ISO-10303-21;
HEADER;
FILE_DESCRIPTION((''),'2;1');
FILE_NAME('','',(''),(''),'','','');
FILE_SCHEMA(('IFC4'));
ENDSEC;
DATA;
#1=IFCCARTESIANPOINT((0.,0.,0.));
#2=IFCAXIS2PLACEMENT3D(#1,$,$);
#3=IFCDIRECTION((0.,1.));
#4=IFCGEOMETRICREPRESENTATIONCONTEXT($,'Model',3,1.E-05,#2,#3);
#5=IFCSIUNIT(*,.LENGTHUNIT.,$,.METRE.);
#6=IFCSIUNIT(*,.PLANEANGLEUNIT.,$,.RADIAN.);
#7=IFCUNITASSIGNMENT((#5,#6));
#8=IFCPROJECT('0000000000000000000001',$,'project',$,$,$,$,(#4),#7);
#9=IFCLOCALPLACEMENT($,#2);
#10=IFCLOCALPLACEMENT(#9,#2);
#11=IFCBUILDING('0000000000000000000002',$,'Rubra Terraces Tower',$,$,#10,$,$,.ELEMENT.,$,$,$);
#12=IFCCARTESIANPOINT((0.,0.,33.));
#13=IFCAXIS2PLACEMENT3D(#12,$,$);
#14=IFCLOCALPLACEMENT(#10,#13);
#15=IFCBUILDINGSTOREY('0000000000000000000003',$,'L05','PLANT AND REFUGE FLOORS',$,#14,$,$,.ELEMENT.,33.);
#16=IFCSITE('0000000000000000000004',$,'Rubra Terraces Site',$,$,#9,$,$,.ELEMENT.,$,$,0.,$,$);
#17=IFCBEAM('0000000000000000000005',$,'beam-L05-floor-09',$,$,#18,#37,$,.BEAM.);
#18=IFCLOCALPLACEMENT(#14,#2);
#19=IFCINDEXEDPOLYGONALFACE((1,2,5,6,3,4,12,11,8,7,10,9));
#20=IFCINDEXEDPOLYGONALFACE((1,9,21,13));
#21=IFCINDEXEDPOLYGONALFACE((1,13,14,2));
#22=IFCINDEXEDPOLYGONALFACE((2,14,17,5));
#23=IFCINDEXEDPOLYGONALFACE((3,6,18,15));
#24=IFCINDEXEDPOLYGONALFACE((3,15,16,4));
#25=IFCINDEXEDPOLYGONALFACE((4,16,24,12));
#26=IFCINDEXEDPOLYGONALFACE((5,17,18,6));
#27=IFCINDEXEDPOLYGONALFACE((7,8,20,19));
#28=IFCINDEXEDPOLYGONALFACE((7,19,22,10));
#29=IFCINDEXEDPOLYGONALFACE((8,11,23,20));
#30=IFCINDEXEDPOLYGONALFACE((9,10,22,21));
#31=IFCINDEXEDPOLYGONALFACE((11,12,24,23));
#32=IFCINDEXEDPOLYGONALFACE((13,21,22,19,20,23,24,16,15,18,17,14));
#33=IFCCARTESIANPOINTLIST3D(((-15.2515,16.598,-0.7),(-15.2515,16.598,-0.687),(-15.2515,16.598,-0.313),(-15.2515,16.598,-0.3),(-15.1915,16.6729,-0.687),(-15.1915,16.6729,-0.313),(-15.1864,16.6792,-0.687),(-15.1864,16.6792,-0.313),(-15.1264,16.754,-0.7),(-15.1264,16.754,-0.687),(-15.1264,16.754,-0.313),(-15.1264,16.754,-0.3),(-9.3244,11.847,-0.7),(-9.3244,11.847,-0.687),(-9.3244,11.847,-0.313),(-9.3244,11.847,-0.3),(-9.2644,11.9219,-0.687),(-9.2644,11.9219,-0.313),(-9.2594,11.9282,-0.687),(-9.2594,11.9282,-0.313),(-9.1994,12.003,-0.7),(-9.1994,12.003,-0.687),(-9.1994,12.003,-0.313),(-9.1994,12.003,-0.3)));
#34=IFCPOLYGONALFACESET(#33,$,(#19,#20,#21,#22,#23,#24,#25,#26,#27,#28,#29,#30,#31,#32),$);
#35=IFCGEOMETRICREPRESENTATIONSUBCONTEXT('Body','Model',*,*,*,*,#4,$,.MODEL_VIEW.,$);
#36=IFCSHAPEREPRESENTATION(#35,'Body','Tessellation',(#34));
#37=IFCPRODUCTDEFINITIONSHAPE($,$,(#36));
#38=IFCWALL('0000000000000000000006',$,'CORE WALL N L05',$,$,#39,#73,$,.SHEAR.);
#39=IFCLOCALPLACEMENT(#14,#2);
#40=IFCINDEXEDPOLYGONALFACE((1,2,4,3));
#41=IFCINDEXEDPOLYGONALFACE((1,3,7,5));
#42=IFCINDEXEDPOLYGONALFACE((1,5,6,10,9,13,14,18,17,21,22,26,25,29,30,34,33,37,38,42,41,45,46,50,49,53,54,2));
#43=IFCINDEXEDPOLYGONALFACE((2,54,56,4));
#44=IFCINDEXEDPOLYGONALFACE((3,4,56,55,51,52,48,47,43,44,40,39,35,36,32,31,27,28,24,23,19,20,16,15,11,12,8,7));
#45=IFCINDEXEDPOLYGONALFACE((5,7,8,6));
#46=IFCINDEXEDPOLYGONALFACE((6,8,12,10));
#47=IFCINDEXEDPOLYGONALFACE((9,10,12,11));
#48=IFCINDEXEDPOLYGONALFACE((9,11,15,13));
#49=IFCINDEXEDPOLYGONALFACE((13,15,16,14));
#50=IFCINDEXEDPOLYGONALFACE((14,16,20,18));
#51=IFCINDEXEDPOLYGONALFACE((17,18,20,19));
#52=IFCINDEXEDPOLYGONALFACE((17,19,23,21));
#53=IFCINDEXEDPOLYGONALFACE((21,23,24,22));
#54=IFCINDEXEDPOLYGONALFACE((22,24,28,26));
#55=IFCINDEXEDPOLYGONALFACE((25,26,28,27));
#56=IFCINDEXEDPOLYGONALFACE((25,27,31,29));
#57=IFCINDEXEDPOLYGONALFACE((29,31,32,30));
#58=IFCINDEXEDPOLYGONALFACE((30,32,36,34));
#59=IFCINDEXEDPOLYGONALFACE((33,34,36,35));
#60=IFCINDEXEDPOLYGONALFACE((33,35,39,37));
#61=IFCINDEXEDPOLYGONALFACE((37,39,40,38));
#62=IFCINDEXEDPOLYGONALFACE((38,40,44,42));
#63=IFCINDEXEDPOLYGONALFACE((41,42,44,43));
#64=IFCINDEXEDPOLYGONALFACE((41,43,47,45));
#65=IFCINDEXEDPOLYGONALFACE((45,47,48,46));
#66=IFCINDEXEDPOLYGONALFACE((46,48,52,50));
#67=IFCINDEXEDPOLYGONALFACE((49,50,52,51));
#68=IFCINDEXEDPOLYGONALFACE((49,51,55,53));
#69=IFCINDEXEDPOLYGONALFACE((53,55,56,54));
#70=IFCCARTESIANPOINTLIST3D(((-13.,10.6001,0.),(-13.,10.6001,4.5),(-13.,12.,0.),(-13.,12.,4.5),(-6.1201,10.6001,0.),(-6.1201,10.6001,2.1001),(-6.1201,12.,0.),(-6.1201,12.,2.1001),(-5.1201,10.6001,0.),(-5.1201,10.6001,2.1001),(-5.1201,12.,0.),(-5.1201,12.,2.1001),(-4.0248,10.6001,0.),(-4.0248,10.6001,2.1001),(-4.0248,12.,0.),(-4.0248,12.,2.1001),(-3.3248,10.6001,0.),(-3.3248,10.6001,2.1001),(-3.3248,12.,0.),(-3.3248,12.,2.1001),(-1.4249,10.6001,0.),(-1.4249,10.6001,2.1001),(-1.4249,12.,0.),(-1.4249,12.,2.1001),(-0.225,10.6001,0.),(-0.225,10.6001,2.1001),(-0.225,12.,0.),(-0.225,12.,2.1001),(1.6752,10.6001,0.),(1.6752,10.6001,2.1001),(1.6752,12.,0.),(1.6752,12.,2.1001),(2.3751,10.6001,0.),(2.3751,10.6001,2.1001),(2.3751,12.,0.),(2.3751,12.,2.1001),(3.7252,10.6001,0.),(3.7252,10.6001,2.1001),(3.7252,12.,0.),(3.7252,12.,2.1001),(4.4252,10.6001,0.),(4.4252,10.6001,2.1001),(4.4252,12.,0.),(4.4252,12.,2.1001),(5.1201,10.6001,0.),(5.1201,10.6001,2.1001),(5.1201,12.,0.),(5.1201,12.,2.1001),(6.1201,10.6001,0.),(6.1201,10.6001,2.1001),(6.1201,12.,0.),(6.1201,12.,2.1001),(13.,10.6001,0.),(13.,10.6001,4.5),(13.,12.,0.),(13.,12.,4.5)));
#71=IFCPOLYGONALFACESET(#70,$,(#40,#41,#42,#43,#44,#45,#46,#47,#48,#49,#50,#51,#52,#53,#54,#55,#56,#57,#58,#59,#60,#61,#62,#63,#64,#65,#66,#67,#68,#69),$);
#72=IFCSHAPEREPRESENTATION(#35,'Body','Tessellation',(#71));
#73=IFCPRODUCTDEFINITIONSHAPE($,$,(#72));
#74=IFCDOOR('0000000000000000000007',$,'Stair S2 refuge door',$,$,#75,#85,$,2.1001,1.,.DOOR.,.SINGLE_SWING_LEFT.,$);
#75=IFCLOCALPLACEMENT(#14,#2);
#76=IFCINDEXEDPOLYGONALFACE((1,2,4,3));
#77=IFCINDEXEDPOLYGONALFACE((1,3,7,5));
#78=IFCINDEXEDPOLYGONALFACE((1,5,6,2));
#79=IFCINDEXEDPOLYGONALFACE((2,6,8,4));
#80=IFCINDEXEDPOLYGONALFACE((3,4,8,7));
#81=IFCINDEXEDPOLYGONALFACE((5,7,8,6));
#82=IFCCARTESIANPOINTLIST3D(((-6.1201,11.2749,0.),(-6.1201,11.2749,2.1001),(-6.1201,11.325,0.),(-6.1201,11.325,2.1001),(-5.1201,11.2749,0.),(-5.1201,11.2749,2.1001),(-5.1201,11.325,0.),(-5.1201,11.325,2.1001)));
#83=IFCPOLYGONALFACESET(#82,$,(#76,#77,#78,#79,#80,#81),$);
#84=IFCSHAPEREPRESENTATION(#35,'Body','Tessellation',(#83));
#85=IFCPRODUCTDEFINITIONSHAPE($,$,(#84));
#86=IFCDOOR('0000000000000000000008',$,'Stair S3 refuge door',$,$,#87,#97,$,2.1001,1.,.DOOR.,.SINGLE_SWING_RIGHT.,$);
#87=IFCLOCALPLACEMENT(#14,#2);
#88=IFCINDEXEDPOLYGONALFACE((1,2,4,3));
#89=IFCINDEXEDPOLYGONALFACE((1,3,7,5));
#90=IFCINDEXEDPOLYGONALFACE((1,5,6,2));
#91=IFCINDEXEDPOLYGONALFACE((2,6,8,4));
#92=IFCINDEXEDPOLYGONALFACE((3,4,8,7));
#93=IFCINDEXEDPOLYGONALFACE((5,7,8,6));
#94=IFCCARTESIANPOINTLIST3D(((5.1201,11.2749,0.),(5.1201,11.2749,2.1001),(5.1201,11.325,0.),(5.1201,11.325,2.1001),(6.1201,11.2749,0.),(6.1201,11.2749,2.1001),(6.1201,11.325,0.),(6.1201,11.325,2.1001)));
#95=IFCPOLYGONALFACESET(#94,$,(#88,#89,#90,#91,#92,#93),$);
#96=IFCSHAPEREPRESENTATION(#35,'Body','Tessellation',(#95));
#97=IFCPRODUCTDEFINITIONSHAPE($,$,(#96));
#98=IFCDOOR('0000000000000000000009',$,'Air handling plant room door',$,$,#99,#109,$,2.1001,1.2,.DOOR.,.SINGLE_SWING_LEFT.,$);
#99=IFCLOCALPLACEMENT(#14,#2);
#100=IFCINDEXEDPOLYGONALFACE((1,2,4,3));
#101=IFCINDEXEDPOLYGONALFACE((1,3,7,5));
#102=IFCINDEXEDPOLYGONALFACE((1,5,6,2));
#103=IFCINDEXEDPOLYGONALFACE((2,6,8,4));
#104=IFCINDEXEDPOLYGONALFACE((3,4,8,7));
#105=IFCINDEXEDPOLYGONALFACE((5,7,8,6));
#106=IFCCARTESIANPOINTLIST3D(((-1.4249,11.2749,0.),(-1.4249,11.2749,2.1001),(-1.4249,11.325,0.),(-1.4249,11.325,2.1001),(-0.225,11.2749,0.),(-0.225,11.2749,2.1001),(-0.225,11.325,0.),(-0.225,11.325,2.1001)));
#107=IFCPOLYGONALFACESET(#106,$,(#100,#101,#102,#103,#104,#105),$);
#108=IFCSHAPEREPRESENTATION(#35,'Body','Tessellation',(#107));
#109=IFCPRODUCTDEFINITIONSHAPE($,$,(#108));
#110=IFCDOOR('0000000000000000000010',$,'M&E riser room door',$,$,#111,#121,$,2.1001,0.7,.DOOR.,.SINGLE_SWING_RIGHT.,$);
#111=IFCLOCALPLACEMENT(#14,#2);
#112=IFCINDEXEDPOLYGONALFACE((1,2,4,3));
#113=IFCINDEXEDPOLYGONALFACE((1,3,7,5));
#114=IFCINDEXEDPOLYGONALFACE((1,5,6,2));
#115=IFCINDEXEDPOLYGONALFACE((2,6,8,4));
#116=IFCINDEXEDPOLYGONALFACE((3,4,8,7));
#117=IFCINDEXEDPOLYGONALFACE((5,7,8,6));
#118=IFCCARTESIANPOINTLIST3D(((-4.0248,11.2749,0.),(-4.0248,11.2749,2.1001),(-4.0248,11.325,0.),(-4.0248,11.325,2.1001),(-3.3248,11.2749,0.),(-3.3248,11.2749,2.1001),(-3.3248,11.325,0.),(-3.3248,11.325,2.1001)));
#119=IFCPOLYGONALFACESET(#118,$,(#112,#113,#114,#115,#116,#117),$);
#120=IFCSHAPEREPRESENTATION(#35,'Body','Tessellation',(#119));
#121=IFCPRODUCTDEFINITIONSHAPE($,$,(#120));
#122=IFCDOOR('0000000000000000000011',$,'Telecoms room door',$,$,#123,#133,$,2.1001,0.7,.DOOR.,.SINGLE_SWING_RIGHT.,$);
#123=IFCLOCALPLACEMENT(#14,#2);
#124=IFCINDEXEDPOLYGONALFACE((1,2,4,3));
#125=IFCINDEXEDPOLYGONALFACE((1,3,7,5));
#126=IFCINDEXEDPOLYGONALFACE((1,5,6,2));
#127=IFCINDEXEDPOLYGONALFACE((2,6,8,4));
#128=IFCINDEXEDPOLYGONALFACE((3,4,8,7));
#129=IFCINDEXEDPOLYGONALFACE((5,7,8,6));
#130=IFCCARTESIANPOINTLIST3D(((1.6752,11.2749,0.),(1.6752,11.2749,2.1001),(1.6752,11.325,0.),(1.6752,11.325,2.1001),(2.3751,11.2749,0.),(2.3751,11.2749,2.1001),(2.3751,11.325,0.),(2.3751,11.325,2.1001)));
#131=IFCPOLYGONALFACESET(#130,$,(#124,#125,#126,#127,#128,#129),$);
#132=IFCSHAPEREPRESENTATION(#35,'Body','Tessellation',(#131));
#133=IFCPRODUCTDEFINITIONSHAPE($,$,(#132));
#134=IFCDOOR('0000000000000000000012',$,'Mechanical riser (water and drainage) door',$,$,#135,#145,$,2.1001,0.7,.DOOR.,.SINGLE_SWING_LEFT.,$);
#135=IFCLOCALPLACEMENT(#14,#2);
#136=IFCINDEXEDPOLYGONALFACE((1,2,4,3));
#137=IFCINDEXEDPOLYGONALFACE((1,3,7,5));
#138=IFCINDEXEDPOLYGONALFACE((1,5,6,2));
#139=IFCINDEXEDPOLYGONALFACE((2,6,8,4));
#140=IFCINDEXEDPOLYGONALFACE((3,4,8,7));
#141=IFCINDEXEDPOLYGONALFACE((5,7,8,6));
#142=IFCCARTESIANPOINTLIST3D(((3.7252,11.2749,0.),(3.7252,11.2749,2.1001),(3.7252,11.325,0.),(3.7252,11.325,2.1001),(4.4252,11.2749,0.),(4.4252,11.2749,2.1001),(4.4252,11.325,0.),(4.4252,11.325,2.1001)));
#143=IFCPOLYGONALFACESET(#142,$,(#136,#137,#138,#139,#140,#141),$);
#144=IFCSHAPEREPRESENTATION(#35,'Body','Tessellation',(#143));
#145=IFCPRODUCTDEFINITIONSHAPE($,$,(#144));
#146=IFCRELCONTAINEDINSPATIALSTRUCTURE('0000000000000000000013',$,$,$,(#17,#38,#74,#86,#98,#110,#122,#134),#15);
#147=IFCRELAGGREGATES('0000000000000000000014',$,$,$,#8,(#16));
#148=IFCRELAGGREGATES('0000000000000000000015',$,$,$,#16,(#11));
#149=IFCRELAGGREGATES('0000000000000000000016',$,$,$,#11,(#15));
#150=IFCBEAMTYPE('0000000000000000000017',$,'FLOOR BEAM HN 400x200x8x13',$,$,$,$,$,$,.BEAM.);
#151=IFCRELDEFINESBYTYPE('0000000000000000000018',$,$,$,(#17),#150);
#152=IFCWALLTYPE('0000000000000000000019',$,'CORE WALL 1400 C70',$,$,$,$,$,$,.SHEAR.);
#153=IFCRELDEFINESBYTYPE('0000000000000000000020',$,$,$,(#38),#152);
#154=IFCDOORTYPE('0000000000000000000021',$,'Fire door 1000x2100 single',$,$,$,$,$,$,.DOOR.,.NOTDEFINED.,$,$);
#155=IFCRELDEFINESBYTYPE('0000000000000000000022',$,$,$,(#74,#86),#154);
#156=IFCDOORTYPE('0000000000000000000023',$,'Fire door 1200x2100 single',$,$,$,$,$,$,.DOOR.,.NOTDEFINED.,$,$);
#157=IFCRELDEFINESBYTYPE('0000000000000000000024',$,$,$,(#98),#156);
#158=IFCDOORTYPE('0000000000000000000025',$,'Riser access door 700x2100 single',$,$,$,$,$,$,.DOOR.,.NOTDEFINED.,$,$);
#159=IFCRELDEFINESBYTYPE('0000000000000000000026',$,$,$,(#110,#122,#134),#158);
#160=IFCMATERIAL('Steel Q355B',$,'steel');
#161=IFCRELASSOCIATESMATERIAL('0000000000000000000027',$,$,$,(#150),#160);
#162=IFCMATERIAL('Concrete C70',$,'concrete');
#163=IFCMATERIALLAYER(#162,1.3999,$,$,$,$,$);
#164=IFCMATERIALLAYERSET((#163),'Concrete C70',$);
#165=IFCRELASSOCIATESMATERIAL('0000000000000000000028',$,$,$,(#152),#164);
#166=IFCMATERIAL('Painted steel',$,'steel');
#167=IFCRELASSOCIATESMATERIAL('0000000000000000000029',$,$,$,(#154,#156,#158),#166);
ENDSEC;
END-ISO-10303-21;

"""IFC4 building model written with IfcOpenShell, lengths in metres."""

from ifc_helpers import new_model, si_unit, direction, frame, frame_2d, origin, origin_2d, place, context, subcontext, project, spatial, rectangle, i_section, extrude, material, layer, layer_set, material_profile, profile_set, type_object, element, fill, save


model = new_model("IFC4")

# Units and contexts
model_context = context("Model", 3, precision=1e-05, world=origin(), true_north=direction((0.0, 1.0)))
body_context = subcontext(model_context, "Body", "Model", "MODEL_VIEW")
ifc_project = project(units=[si_unit("LENGTHUNIT", "METRE"), si_unit("PLANEANGLEUNIT", "RADIAN")], contexts=[model_context])

# Site, building, storey
site_placement = place(None, origin())
site = spatial("IfcSite", under=ifc_project, at=site_placement, Name="Rubra Terraces Site", CompositionType="ELEMENT", RefElevation=0.0)
building_placement = place(site_placement, origin())
building = spatial("IfcBuilding", under=site, at=building_placement, Name="Rubra Terraces Tower", CompositionType="ELEMENT")
storey_placement = place(building_placement, frame((0.0, 0.0, 33.0)))
storey = spatial("IfcBuildingStorey", under=building, at=storey_placement, Name="L05", Description="PLANT AND REFUGE FLOORS", CompositionType="ELEMENT", Elevation=33.0)

# Beam
ifc_material_1 = material(Name="Steel Q355B", Category="steel")
ifc_material_profile = material_profile(ifc_material_1, i_section(OverallWidth=0.2, OverallDepth=0.3999, WebThickness=0.0081, FlangeThickness=0.0129, at=origin_2d()), Name="HN 400x200x8x13")
ifc_profile_set = profile_set([ifc_material_profile], Name="Steel Q355B")
beam_type = type_object("IfcBeamType", Name="FLOOR BEAM HN 400x200x8x13", PredefinedType="BEAM", material=ifc_profile_set)
beam_placement = place(storey_placement, frame((-15.189, 16.676, -0.5), z_axis=(0.780266, -0.625447, 0.0), x_axis=(0.625447, 0.780266, 0.0)))
element("IfcBeam", 1, at=beam_placement, inside=storey, type_object=beam_type, Name="beam-L05-floor-09", PredefinedType="BEAM", context=body_context, shape_type="SweptSolid", body=[
    extrude(i_section(OverallWidth=0.2, OverallDepth=0.3999, WebThickness=0.0081, FlangeThickness=0.0129, at=origin_2d()), origin(), (0.0, 0.0, 1.0), 7.5962),
])

# Wall, openings, doors
ifc_material_2 = material(Name="Concrete C70", Category="concrete")
ifc_layer_1 = layer(ifc_material_2, 1.3999)
ifc_layer_set_1 = layer_set([ifc_layer_1], Name="Concrete C70")
wall_type_1 = type_object("IfcWallType", Name="CORE WALL 1400 C70", PredefinedType="SHEAR", material=ifc_layer_set_1)
wall_1_placement = place(storey_placement, frame((-13.0, 11.3, 0.0), z_axis=(0.0, 0.0, 1.0), x_axis=(1.0, 0.0, 0.0)))
wall_1 = element("IfcWall", 2, at=wall_1_placement, inside=storey, type_object=wall_type_1, Name="CORE WALL N L05", PredefinedType="SHEAR", context=body_context, shape_type="SweptSolid", body=[
    extrude(rectangle(XDim=26.0, YDim=1.3999, at=frame_2d((13.0, 0.0))), origin(), (0.0, 0.0, 1.0), 4.5),
])
opening_1_placement = place(wall_1_placement, frame((8.9751, 0.0, 0.0)))
opening_1 = element("IfcOpeningElement", 3, at=opening_1_placement, cuts=wall_1, PredefinedType="OPENING", context=body_context, shape_type="SweptSolid", body=[
    extrude(rectangle(XDim=0.7, YDim=2.1001, at=frame_2d((0.3501, 1.05))), frame((0.0, 0.71, 0.0), z_axis=(0.0, -1.0, 0.0), x_axis=(1.0, 0.0, 0.0)), (0.0, 0.0, 1.0), 1.4199),
])
opening_2_placement = place(wall_1_placement, frame((11.575, 0.0, 0.0)))
opening_2 = element("IfcOpeningElement", 4, at=opening_2_placement, cuts=wall_1, PredefinedType="OPENING", context=body_context, shape_type="SweptSolid", body=[
    extrude(rectangle(XDim=1.2, YDim=2.1001, at=frame_2d((0.6001, 1.05))), frame((0.0, 0.71, 0.0), z_axis=(0.0, -1.0, 0.0), x_axis=(1.0, 0.0, 0.0)), (0.0, 0.0, 1.0), 1.4199),
])
opening_3_placement = place(wall_1_placement, frame((14.675, 0.0, 0.0)))
opening_3 = element("IfcOpeningElement", 5, at=opening_3_placement, cuts=wall_1, PredefinedType="OPENING", context=body_context, shape_type="SweptSolid", body=[
    extrude(rectangle(XDim=0.7, YDim=2.1001, at=frame_2d((0.3501, 1.05))), frame((0.0, 0.71, 0.0), z_axis=(0.0, -1.0, 0.0), x_axis=(1.0, 0.0, 0.0)), (0.0, 0.0, 1.0), 1.4199),
])
opening_4_placement = place(wall_1_placement, frame((16.7251, 0.0, 0.0)))
opening_4 = element("IfcOpeningElement", 6, at=opening_4_placement, cuts=wall_1, PredefinedType="OPENING", context=body_context, shape_type="SweptSolid", body=[
    extrude(rectangle(XDim=0.7, YDim=2.1001, at=frame_2d((0.3501, 1.05))), frame((0.0, 0.71, 0.0), z_axis=(0.0, -1.0, 0.0), x_axis=(1.0, 0.0, 0.0)), (0.0, 0.0, 1.0), 1.4199),
])
opening_5_placement = place(wall_1_placement, frame((6.8799, 0.0, 0.0)))
opening_5 = element("IfcOpeningElement", 7, at=opening_5_placement, cuts=wall_1, PredefinedType="OPENING", context=body_context, shape_type="SweptSolid", body=[
    extrude(rectangle(XDim=1.0, YDim=2.1001, at=frame_2d((0.5, 1.05))), frame((0.0, 0.71, 0.0), z_axis=(0.0, -1.0, 0.0), x_axis=(1.0, 0.0, 0.0)), (0.0, 0.0, 1.0), 1.4199),
])
opening_6_placement = place(wall_1_placement, frame((18.1201, 0.0, 0.0)))
opening_6 = element("IfcOpeningElement", 8, at=opening_6_placement, cuts=wall_1, PredefinedType="OPENING", context=body_context, shape_type="SweptSolid", body=[
    extrude(rectangle(XDim=1.0, YDim=2.1001, at=frame_2d((0.5, 1.05))), frame((0.0, 0.71, 0.0), z_axis=(0.0, -1.0, 0.0), x_axis=(1.0, 0.0, 0.0)), (0.0, 0.0, 1.0), 1.4199),
])
ifc_material_3 = material(Name="Painted steel", Category="steel")
door_type_1 = type_object("IfcDoorType", Name="Fire door 1000x2100 single", OperationType="NOTDEFINED", PredefinedType="DOOR", material=ifc_material_3)
door_1_placement = place(opening_5_placement, origin())
door_1 = element("IfcDoor", 9, at=door_1_placement, inside=storey, type_object=door_type_1, Name="Stair S2 refuge door", OperationType="SINGLE_SWING_LEFT", OverallHeight=2.1001, OverallWidth=1.0, PredefinedType="DOOR", context=body_context, shape_type="SweptSolid", body=[
    extrude(rectangle(XDim=1.0, YDim=2.1001, at=frame_2d((0.5, 1.05))), frame((0.0, 0.0249, 0.0), z_axis=(0.0, -1.0, 0.0), x_axis=(1.0, 0.0, 0.0)), (0.0, 0.0, 1.0), 0.05),
])
fill(opening_5, door_1)
door_2_placement = place(opening_6_placement, origin())
door_2 = element("IfcDoor", 10, at=door_2_placement, inside=storey, type_object=door_type_1, Name="Stair S3 refuge door", OperationType="SINGLE_SWING_RIGHT", OverallHeight=2.1001, OverallWidth=1.0, PredefinedType="DOOR", context=body_context, shape_type="SweptSolid", body=[
    extrude(rectangle(XDim=1.0, YDim=2.1001, at=frame_2d((0.5, 1.05))), frame((0.0, 0.0249, 0.0), z_axis=(0.0, -1.0, 0.0), x_axis=(1.0, 0.0, 0.0)), (0.0, 0.0, 1.0), 0.05),
])
fill(opening_6, door_2)
door_type_2 = type_object("IfcDoorType", Name="Fire door 1200x2100 single", OperationType="NOTDEFINED", PredefinedType="DOOR", material=ifc_material_3)
door_3_placement = place(opening_2_placement, origin())
door_3 = element("IfcDoor", 11, at=door_3_placement, inside=storey, type_object=door_type_2, Name="Air handling plant room door", OperationType="SINGLE_SWING_LEFT", OverallHeight=2.1001, OverallWidth=1.2, PredefinedType="DOOR", context=body_context, shape_type="SweptSolid", body=[
    extrude(rectangle(XDim=1.2, YDim=2.1001, at=frame_2d((0.6001, 1.05))), frame((0.0, 0.0249, 0.0), z_axis=(0.0, -1.0, 0.0), x_axis=(1.0, 0.0, 0.0)), (0.0, 0.0, 1.0), 0.05),
])
fill(opening_2, door_3)
door_type_3 = type_object("IfcDoorType", Name="Riser access door 700x2100 single", OperationType="NOTDEFINED", PredefinedType="DOOR", material=ifc_material_3)
door_4_placement = place(opening_1_placement, origin())
door_4 = element("IfcDoor", 12, at=door_4_placement, inside=storey, type_object=door_type_3, Name="M&E riser room door", OperationType="SINGLE_SWING_RIGHT", OverallHeight=2.1001, OverallWidth=0.7, PredefinedType="DOOR", context=body_context, shape_type="SweptSolid", body=[
    extrude(rectangle(XDim=0.7, YDim=2.1001, at=frame_2d((0.3501, 1.05))), frame((0.0, 0.0249, 0.0), z_axis=(0.0, -1.0, 0.0), x_axis=(1.0, 0.0, 0.0)), (0.0, 0.0, 1.0), 0.05),
])
fill(opening_1, door_4)
door_5_placement = place(opening_3_placement, origin())
door_5 = element("IfcDoor", 13, at=door_5_placement, inside=storey, type_object=door_type_3, Name="Telecoms room door", OperationType="SINGLE_SWING_RIGHT", OverallHeight=2.1001, OverallWidth=0.7, PredefinedType="DOOR", context=body_context, shape_type="SweptSolid", body=[
    extrude(rectangle(XDim=0.7, YDim=2.1001, at=frame_2d((0.3501, 1.05))), frame((0.0, 0.0249, 0.0), z_axis=(0.0, -1.0, 0.0), x_axis=(1.0, 0.0, 0.0)), (0.0, 0.0, 1.0), 0.05),
])
fill(opening_3, door_5)
door_6_placement = place(opening_4_placement, origin())
door_6 = element("IfcDoor", 14, at=door_6_placement, inside=storey, type_object=door_type_3, Name="Mechanical riser (water and drainage) door", OperationType="SINGLE_SWING_LEFT", OverallHeight=2.1001, OverallWidth=0.7, PredefinedType="DOOR", context=body_context, shape_type="SweptSolid", body=[
    extrude(rectangle(XDim=0.7, YDim=2.1001, at=frame_2d((0.3501, 1.05))), frame((0.0, 0.0249, 0.0), z_axis=(0.0, -1.0, 0.0), x_axis=(1.0, 0.0, 0.0)), (0.0, 0.0, 1.0), 0.05),
])
fill(opening_4, door_6)

save(model, "model.ifc")
